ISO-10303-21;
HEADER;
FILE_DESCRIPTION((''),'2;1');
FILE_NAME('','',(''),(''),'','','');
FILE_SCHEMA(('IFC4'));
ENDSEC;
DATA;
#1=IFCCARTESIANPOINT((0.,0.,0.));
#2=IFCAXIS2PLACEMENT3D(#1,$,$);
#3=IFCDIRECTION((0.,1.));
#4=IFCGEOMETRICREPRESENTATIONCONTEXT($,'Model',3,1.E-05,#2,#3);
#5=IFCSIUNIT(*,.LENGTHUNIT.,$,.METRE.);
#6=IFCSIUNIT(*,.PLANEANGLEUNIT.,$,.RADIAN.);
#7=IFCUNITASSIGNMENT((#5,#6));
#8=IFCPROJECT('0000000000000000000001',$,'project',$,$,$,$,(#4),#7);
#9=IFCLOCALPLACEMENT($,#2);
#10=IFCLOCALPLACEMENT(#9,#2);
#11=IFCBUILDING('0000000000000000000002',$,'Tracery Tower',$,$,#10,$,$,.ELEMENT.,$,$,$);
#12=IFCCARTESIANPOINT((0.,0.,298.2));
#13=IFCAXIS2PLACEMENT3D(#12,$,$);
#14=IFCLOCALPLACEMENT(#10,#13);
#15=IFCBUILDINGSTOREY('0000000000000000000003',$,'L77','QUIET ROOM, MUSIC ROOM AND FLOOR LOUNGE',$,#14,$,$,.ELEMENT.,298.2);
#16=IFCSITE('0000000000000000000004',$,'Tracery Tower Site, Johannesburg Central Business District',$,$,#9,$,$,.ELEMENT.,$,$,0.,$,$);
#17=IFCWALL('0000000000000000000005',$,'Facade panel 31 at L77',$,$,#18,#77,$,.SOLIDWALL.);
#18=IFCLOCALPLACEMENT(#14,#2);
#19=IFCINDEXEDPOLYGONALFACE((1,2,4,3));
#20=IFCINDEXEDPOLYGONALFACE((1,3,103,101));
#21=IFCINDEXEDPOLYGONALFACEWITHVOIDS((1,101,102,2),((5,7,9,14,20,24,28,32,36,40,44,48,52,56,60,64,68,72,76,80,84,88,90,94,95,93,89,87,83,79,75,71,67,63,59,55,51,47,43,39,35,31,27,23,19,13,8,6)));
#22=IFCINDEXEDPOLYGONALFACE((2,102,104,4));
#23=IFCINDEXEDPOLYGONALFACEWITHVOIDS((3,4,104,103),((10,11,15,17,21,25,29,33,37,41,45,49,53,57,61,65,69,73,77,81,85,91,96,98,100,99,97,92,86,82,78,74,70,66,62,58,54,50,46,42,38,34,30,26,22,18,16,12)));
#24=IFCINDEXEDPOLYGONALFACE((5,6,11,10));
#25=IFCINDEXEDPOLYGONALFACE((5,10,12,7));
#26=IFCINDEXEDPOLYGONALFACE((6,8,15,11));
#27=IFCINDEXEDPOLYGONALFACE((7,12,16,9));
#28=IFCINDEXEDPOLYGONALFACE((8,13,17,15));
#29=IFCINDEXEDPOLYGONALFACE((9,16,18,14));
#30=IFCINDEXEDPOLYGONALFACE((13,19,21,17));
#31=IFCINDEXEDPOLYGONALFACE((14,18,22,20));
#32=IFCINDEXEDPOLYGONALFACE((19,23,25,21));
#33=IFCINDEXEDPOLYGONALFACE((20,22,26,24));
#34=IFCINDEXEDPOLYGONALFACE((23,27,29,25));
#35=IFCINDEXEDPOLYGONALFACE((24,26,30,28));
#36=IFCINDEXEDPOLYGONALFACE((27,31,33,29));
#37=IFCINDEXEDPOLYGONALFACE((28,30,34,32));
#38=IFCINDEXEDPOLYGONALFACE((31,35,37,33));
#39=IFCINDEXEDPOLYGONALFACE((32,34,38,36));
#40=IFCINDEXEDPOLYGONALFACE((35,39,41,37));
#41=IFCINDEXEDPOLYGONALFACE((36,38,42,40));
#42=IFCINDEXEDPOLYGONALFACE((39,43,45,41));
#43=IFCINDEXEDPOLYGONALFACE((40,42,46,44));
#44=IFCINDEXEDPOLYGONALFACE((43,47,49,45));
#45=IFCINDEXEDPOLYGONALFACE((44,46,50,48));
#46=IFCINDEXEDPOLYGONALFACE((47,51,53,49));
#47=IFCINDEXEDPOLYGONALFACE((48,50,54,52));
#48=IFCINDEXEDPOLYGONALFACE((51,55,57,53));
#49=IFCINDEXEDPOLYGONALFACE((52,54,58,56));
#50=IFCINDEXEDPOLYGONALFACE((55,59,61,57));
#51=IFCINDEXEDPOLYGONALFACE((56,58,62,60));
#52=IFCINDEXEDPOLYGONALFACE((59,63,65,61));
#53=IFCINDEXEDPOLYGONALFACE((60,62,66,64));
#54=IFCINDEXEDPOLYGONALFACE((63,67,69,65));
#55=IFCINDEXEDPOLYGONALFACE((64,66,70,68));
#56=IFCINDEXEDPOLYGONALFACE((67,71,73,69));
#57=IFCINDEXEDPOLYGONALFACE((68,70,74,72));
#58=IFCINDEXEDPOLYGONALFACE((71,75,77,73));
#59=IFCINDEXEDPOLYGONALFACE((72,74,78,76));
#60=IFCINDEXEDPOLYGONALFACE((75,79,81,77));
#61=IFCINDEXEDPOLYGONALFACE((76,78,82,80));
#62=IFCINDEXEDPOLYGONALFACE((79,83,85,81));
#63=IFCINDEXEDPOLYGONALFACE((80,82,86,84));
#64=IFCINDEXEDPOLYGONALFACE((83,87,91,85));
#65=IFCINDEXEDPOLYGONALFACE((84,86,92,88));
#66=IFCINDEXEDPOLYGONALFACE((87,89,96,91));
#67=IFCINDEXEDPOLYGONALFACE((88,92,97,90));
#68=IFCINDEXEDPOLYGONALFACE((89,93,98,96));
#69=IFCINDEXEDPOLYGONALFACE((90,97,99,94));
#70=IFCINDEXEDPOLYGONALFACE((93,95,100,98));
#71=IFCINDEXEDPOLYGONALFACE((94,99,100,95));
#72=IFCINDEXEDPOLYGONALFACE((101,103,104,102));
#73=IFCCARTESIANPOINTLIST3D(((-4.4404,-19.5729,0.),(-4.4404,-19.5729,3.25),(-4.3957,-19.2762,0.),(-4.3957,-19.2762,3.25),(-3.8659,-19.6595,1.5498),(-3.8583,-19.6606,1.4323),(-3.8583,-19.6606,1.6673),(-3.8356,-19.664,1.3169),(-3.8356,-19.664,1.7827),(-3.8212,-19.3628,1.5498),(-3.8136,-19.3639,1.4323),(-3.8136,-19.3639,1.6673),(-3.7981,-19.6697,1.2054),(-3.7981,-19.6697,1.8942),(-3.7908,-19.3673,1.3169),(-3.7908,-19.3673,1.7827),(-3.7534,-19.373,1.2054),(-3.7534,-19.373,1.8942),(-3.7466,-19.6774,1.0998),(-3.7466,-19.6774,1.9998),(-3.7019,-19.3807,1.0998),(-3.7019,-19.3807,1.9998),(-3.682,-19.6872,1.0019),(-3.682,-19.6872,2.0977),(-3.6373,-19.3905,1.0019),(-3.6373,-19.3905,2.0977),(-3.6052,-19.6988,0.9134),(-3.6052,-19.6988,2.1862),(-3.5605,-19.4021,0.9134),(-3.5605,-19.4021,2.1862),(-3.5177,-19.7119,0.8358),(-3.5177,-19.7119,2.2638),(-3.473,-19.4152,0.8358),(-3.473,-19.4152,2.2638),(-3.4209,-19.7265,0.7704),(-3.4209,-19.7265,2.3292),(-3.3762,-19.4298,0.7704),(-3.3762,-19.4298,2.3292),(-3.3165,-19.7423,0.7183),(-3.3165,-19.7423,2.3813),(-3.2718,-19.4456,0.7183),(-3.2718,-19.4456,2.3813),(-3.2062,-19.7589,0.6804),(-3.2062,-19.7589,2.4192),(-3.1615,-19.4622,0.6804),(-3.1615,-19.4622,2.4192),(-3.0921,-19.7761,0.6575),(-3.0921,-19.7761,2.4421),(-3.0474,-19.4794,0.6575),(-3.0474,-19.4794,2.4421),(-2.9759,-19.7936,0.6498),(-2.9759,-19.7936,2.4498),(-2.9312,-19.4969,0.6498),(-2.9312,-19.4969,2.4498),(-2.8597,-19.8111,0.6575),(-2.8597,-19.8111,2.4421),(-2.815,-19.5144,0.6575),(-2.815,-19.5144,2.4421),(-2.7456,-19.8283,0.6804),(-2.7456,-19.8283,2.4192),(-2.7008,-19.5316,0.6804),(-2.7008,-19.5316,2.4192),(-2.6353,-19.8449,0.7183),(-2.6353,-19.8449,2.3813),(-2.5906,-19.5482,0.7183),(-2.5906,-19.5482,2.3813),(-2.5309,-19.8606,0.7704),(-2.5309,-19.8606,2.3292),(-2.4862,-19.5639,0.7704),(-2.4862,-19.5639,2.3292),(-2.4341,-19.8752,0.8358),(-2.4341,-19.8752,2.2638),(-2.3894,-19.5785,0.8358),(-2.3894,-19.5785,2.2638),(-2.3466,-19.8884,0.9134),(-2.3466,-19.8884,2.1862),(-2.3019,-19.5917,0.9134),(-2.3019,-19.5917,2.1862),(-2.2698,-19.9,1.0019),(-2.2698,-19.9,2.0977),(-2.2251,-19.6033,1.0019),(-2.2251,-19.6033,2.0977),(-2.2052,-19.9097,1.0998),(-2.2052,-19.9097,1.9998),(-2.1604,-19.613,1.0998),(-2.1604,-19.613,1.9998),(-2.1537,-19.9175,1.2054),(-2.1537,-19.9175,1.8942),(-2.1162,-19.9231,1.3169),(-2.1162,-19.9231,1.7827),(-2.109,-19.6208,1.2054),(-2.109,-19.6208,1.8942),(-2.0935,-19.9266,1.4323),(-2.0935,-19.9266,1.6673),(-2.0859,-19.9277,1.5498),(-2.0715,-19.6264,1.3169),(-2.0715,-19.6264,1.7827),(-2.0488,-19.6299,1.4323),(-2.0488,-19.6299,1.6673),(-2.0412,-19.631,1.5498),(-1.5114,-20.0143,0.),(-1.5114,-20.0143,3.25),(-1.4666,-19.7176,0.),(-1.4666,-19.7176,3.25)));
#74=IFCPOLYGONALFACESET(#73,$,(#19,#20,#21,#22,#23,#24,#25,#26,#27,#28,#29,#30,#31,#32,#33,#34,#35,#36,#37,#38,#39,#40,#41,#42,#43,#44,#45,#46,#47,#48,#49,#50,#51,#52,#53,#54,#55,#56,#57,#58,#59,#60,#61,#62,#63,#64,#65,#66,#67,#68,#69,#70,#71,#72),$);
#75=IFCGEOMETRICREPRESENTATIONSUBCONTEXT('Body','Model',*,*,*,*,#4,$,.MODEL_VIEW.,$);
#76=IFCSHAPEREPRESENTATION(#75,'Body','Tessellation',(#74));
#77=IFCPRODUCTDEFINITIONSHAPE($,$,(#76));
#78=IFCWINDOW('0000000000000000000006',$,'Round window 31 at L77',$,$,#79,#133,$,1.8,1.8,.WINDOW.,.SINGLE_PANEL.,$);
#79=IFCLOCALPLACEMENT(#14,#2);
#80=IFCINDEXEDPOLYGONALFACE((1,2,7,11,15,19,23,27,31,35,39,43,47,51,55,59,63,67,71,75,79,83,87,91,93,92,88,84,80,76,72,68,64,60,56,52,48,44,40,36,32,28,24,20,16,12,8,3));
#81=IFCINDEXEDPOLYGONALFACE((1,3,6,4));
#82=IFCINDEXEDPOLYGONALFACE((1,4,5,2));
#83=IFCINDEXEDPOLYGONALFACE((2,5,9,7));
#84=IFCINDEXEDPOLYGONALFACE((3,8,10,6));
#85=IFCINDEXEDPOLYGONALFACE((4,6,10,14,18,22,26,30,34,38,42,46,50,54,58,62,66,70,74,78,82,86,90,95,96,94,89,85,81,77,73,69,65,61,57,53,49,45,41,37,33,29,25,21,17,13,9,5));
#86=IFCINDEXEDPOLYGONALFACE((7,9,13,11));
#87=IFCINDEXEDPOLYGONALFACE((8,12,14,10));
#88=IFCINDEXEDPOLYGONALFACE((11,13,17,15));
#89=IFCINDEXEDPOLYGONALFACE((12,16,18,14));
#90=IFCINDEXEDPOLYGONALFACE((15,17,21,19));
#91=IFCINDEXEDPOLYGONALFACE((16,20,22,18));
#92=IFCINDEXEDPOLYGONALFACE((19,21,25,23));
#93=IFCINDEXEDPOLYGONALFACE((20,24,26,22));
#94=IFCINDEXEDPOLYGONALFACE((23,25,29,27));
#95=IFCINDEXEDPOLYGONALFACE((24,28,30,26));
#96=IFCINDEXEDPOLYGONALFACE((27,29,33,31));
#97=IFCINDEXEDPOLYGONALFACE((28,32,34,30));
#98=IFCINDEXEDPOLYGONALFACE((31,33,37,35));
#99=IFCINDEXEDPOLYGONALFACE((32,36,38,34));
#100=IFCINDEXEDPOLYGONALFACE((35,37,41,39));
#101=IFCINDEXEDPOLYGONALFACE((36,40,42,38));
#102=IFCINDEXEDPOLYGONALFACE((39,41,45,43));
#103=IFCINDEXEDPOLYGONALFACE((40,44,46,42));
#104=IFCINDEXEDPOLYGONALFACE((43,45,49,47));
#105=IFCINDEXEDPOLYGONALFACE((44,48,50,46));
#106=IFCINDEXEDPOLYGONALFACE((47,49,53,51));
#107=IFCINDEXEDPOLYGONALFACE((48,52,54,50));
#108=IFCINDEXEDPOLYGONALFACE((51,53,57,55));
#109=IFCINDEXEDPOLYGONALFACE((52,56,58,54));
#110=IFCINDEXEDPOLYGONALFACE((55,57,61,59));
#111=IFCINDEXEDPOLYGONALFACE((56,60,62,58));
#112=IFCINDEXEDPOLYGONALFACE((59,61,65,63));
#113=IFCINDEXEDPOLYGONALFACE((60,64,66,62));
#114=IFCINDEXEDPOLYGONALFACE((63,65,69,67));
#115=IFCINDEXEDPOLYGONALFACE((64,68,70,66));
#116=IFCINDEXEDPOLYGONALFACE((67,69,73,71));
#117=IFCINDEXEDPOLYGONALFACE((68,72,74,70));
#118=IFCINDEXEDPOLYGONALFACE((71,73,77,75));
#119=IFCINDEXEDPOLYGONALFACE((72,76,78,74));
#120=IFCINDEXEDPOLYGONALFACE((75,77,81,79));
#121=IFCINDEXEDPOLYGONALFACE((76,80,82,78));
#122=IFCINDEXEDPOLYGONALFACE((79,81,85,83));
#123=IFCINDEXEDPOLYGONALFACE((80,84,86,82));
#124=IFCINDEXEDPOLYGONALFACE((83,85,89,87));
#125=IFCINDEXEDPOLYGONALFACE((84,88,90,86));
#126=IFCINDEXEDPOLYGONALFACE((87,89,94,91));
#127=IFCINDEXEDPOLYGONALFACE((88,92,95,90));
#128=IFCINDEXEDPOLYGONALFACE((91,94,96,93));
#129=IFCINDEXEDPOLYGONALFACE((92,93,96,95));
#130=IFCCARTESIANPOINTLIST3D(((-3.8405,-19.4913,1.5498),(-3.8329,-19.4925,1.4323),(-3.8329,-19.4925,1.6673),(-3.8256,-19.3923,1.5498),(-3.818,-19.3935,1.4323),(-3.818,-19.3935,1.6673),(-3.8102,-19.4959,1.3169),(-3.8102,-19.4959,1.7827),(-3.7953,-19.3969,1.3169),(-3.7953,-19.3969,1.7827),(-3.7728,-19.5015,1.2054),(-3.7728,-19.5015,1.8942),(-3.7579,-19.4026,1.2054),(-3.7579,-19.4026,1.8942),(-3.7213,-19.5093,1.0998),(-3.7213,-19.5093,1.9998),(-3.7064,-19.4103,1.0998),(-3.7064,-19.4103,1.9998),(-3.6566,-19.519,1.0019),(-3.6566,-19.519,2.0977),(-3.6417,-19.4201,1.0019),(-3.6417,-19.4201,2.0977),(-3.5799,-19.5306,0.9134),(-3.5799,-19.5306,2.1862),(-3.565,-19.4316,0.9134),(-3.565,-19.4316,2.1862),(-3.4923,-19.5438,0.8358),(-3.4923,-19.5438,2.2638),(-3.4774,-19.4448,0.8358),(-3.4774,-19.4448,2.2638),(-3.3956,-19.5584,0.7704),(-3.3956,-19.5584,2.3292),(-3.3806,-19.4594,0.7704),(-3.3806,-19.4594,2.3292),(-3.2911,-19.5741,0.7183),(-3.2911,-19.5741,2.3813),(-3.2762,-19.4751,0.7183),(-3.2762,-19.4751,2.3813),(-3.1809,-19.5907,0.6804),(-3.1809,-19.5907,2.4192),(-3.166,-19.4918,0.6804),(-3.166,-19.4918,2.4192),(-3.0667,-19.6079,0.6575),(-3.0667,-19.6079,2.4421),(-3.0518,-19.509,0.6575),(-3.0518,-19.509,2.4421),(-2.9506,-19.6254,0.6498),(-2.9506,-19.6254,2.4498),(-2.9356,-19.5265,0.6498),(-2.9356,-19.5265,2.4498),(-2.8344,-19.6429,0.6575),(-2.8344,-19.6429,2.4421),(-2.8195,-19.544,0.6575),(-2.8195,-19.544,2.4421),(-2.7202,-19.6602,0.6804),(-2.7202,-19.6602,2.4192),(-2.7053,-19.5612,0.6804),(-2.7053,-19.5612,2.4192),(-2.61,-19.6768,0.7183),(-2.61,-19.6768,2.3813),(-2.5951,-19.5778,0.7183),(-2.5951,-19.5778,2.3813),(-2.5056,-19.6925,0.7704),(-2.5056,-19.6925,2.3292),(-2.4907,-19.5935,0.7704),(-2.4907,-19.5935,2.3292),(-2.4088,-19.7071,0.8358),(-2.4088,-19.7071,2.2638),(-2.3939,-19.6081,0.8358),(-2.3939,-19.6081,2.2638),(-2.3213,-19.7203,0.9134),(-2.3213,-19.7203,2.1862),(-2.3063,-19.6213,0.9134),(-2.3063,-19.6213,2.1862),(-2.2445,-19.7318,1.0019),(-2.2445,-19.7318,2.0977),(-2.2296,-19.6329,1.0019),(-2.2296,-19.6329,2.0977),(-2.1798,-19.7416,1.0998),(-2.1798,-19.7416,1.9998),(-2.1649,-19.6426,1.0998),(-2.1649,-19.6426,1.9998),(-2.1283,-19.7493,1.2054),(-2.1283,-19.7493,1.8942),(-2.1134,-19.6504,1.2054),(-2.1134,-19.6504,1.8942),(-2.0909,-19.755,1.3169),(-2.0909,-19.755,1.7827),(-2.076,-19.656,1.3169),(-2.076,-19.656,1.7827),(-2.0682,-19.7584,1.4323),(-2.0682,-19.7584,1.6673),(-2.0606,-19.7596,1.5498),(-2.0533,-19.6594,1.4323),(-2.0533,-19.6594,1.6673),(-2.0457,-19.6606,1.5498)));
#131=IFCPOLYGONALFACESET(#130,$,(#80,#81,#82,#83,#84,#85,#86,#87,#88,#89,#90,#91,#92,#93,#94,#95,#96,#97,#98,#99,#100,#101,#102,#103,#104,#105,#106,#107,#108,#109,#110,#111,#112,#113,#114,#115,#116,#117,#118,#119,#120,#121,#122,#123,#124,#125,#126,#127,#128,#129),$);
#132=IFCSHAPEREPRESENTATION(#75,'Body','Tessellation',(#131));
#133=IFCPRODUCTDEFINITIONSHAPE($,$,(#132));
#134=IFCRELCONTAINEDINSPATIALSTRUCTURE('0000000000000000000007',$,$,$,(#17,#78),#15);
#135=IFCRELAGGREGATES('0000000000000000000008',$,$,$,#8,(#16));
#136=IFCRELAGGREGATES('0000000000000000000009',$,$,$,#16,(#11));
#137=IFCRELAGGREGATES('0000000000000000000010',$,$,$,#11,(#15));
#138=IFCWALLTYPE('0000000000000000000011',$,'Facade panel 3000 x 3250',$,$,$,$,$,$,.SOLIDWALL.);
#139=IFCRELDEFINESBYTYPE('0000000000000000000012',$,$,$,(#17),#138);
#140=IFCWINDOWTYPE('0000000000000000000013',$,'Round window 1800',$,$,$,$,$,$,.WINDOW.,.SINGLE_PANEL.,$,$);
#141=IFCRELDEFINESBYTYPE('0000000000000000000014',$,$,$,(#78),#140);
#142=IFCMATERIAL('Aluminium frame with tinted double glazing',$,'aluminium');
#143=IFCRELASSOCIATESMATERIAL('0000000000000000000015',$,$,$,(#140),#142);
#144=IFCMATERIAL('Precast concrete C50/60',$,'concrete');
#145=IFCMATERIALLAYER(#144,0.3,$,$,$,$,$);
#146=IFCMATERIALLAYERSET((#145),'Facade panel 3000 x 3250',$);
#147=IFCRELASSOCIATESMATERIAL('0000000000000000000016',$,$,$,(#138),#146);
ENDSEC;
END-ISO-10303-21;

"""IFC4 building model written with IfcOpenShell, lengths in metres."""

from ifc_helpers import new_model, si_unit, direction, frame, frame_2d, origin, origin_2d, place, context, subcontext, project, spatial, rectangle, circle, extrude, material, layer, layer_set, type_object, element, fill, save


model = new_model("IFC4")

# Units and contexts
model_context = context("Model", 3, precision=1e-05, world=origin(), true_north=direction((0.0, 1.0)))
body_context = subcontext(model_context, "Body", "Model", "MODEL_VIEW")
ifc_project = project(units=[si_unit("LENGTHUNIT", "METRE"), si_unit("PLANEANGLEUNIT", "RADIAN")], contexts=[model_context])

# Site, building, storey
site_placement = place(None, origin())
site = spatial("IfcSite", under=ifc_project, at=site_placement, Name="Tracery Tower Site, Johannesburg Central Business District", CompositionType="ELEMENT", RefElevation=0.0)
building_placement = place(site_placement, origin())
building = spatial("IfcBuilding", under=site, at=building_placement, Name="Tracery Tower", CompositionType="ELEMENT")
storey_placement = place(building_placement, frame((0.0, 0.0, 298.2)))
storey = spatial("IfcBuildingStorey", under=building, at=storey_placement, Name="L77", Description="QUIET ROOM, MUSIC ROOM AND FLOOR LOUNGE", CompositionType="ELEMENT", Elevation=298.2)

# Wall, opening, window
ifc_material_1 = material(Name="Aluminium frame with tinted double glazing", Category="aluminium")
window_type = type_object("IfcWindowType", Name="Round window 1800", PartitioningType="SINGLE_PANEL", PredefinedType="WINDOW", material=ifc_material_1)
ifc_material_2 = material(Name="Precast concrete C50/60", Category="concrete")
ifc_layer_1 = layer(ifc_material_2, 0.3)
ifc_layer_set_1 = layer_set([ifc_layer_1], Name="Facade panel 3000 x 3250")
wall_type_1 = type_object("IfcWallType", Name="Facade panel 3000 x 3250", PredefinedType="SOLIDWALL", material=ifc_layer_set_1)
wall_1_placement = place(storey_placement, frame((-4.418, -19.4246, 0.0), z_axis=(0.0, 0.0, 1.0), x_axis=(0.988836, -0.149009, 0.0)))
wall_1 = element("IfcWall", 1, at=wall_1_placement, inside=storey, type_object=wall_type_1, Name="Facade panel 31 at L77", PredefinedType="SOLIDWALL", context=body_context, shape_type="SweptSolid", body=[
    extrude(rectangle(XDim=2.9622, YDim=0.3, at=frame_2d((1.481, 0.0))), origin(), (0.0, 0.0, 1.0), 3.25),
])
opening_1_placement = place(wall_1_placement, frame((1.481, 0.0, 1.5498)))
opening_1 = element("IfcOpeningElement", 2, at=opening_1_placement, cuts=wall_1, PredefinedType="OPENING", context=body_context, shape_type="SweptSolid", body=[
    extrude(circle(Radius=0.9, at=origin_2d()), frame((0.0, 0.1599, 0.0), z_axis=(0.0, -1.0, 0.0), x_axis=(1.0, 0.0, 0.0)), (0.0, 0.0, 1.0), 0.3201),
])
window_1_placement = place(opening_1_placement, origin())
window_1 = element("IfcWindow", 3, at=window_1_placement, inside=storey, type_object=window_type, Name="Round window 31 at L77", OverallHeight=1.8, OverallWidth=1.8, PartitioningType="SINGLE_PANEL", PredefinedType="WINDOW", context=body_context, shape_type="SweptSolid", body=[
    extrude(circle(Radius=0.9, at=origin_2d()), frame((0.0, 0.1201, 0.0), z_axis=(0.0, -1.0, 0.0), x_axis=(1.0, 0.0, 0.0)), (0.0, 0.0, 1.0), 0.1001),
])
fill(opening_1, window_1)

save(model, "model.ifc")
